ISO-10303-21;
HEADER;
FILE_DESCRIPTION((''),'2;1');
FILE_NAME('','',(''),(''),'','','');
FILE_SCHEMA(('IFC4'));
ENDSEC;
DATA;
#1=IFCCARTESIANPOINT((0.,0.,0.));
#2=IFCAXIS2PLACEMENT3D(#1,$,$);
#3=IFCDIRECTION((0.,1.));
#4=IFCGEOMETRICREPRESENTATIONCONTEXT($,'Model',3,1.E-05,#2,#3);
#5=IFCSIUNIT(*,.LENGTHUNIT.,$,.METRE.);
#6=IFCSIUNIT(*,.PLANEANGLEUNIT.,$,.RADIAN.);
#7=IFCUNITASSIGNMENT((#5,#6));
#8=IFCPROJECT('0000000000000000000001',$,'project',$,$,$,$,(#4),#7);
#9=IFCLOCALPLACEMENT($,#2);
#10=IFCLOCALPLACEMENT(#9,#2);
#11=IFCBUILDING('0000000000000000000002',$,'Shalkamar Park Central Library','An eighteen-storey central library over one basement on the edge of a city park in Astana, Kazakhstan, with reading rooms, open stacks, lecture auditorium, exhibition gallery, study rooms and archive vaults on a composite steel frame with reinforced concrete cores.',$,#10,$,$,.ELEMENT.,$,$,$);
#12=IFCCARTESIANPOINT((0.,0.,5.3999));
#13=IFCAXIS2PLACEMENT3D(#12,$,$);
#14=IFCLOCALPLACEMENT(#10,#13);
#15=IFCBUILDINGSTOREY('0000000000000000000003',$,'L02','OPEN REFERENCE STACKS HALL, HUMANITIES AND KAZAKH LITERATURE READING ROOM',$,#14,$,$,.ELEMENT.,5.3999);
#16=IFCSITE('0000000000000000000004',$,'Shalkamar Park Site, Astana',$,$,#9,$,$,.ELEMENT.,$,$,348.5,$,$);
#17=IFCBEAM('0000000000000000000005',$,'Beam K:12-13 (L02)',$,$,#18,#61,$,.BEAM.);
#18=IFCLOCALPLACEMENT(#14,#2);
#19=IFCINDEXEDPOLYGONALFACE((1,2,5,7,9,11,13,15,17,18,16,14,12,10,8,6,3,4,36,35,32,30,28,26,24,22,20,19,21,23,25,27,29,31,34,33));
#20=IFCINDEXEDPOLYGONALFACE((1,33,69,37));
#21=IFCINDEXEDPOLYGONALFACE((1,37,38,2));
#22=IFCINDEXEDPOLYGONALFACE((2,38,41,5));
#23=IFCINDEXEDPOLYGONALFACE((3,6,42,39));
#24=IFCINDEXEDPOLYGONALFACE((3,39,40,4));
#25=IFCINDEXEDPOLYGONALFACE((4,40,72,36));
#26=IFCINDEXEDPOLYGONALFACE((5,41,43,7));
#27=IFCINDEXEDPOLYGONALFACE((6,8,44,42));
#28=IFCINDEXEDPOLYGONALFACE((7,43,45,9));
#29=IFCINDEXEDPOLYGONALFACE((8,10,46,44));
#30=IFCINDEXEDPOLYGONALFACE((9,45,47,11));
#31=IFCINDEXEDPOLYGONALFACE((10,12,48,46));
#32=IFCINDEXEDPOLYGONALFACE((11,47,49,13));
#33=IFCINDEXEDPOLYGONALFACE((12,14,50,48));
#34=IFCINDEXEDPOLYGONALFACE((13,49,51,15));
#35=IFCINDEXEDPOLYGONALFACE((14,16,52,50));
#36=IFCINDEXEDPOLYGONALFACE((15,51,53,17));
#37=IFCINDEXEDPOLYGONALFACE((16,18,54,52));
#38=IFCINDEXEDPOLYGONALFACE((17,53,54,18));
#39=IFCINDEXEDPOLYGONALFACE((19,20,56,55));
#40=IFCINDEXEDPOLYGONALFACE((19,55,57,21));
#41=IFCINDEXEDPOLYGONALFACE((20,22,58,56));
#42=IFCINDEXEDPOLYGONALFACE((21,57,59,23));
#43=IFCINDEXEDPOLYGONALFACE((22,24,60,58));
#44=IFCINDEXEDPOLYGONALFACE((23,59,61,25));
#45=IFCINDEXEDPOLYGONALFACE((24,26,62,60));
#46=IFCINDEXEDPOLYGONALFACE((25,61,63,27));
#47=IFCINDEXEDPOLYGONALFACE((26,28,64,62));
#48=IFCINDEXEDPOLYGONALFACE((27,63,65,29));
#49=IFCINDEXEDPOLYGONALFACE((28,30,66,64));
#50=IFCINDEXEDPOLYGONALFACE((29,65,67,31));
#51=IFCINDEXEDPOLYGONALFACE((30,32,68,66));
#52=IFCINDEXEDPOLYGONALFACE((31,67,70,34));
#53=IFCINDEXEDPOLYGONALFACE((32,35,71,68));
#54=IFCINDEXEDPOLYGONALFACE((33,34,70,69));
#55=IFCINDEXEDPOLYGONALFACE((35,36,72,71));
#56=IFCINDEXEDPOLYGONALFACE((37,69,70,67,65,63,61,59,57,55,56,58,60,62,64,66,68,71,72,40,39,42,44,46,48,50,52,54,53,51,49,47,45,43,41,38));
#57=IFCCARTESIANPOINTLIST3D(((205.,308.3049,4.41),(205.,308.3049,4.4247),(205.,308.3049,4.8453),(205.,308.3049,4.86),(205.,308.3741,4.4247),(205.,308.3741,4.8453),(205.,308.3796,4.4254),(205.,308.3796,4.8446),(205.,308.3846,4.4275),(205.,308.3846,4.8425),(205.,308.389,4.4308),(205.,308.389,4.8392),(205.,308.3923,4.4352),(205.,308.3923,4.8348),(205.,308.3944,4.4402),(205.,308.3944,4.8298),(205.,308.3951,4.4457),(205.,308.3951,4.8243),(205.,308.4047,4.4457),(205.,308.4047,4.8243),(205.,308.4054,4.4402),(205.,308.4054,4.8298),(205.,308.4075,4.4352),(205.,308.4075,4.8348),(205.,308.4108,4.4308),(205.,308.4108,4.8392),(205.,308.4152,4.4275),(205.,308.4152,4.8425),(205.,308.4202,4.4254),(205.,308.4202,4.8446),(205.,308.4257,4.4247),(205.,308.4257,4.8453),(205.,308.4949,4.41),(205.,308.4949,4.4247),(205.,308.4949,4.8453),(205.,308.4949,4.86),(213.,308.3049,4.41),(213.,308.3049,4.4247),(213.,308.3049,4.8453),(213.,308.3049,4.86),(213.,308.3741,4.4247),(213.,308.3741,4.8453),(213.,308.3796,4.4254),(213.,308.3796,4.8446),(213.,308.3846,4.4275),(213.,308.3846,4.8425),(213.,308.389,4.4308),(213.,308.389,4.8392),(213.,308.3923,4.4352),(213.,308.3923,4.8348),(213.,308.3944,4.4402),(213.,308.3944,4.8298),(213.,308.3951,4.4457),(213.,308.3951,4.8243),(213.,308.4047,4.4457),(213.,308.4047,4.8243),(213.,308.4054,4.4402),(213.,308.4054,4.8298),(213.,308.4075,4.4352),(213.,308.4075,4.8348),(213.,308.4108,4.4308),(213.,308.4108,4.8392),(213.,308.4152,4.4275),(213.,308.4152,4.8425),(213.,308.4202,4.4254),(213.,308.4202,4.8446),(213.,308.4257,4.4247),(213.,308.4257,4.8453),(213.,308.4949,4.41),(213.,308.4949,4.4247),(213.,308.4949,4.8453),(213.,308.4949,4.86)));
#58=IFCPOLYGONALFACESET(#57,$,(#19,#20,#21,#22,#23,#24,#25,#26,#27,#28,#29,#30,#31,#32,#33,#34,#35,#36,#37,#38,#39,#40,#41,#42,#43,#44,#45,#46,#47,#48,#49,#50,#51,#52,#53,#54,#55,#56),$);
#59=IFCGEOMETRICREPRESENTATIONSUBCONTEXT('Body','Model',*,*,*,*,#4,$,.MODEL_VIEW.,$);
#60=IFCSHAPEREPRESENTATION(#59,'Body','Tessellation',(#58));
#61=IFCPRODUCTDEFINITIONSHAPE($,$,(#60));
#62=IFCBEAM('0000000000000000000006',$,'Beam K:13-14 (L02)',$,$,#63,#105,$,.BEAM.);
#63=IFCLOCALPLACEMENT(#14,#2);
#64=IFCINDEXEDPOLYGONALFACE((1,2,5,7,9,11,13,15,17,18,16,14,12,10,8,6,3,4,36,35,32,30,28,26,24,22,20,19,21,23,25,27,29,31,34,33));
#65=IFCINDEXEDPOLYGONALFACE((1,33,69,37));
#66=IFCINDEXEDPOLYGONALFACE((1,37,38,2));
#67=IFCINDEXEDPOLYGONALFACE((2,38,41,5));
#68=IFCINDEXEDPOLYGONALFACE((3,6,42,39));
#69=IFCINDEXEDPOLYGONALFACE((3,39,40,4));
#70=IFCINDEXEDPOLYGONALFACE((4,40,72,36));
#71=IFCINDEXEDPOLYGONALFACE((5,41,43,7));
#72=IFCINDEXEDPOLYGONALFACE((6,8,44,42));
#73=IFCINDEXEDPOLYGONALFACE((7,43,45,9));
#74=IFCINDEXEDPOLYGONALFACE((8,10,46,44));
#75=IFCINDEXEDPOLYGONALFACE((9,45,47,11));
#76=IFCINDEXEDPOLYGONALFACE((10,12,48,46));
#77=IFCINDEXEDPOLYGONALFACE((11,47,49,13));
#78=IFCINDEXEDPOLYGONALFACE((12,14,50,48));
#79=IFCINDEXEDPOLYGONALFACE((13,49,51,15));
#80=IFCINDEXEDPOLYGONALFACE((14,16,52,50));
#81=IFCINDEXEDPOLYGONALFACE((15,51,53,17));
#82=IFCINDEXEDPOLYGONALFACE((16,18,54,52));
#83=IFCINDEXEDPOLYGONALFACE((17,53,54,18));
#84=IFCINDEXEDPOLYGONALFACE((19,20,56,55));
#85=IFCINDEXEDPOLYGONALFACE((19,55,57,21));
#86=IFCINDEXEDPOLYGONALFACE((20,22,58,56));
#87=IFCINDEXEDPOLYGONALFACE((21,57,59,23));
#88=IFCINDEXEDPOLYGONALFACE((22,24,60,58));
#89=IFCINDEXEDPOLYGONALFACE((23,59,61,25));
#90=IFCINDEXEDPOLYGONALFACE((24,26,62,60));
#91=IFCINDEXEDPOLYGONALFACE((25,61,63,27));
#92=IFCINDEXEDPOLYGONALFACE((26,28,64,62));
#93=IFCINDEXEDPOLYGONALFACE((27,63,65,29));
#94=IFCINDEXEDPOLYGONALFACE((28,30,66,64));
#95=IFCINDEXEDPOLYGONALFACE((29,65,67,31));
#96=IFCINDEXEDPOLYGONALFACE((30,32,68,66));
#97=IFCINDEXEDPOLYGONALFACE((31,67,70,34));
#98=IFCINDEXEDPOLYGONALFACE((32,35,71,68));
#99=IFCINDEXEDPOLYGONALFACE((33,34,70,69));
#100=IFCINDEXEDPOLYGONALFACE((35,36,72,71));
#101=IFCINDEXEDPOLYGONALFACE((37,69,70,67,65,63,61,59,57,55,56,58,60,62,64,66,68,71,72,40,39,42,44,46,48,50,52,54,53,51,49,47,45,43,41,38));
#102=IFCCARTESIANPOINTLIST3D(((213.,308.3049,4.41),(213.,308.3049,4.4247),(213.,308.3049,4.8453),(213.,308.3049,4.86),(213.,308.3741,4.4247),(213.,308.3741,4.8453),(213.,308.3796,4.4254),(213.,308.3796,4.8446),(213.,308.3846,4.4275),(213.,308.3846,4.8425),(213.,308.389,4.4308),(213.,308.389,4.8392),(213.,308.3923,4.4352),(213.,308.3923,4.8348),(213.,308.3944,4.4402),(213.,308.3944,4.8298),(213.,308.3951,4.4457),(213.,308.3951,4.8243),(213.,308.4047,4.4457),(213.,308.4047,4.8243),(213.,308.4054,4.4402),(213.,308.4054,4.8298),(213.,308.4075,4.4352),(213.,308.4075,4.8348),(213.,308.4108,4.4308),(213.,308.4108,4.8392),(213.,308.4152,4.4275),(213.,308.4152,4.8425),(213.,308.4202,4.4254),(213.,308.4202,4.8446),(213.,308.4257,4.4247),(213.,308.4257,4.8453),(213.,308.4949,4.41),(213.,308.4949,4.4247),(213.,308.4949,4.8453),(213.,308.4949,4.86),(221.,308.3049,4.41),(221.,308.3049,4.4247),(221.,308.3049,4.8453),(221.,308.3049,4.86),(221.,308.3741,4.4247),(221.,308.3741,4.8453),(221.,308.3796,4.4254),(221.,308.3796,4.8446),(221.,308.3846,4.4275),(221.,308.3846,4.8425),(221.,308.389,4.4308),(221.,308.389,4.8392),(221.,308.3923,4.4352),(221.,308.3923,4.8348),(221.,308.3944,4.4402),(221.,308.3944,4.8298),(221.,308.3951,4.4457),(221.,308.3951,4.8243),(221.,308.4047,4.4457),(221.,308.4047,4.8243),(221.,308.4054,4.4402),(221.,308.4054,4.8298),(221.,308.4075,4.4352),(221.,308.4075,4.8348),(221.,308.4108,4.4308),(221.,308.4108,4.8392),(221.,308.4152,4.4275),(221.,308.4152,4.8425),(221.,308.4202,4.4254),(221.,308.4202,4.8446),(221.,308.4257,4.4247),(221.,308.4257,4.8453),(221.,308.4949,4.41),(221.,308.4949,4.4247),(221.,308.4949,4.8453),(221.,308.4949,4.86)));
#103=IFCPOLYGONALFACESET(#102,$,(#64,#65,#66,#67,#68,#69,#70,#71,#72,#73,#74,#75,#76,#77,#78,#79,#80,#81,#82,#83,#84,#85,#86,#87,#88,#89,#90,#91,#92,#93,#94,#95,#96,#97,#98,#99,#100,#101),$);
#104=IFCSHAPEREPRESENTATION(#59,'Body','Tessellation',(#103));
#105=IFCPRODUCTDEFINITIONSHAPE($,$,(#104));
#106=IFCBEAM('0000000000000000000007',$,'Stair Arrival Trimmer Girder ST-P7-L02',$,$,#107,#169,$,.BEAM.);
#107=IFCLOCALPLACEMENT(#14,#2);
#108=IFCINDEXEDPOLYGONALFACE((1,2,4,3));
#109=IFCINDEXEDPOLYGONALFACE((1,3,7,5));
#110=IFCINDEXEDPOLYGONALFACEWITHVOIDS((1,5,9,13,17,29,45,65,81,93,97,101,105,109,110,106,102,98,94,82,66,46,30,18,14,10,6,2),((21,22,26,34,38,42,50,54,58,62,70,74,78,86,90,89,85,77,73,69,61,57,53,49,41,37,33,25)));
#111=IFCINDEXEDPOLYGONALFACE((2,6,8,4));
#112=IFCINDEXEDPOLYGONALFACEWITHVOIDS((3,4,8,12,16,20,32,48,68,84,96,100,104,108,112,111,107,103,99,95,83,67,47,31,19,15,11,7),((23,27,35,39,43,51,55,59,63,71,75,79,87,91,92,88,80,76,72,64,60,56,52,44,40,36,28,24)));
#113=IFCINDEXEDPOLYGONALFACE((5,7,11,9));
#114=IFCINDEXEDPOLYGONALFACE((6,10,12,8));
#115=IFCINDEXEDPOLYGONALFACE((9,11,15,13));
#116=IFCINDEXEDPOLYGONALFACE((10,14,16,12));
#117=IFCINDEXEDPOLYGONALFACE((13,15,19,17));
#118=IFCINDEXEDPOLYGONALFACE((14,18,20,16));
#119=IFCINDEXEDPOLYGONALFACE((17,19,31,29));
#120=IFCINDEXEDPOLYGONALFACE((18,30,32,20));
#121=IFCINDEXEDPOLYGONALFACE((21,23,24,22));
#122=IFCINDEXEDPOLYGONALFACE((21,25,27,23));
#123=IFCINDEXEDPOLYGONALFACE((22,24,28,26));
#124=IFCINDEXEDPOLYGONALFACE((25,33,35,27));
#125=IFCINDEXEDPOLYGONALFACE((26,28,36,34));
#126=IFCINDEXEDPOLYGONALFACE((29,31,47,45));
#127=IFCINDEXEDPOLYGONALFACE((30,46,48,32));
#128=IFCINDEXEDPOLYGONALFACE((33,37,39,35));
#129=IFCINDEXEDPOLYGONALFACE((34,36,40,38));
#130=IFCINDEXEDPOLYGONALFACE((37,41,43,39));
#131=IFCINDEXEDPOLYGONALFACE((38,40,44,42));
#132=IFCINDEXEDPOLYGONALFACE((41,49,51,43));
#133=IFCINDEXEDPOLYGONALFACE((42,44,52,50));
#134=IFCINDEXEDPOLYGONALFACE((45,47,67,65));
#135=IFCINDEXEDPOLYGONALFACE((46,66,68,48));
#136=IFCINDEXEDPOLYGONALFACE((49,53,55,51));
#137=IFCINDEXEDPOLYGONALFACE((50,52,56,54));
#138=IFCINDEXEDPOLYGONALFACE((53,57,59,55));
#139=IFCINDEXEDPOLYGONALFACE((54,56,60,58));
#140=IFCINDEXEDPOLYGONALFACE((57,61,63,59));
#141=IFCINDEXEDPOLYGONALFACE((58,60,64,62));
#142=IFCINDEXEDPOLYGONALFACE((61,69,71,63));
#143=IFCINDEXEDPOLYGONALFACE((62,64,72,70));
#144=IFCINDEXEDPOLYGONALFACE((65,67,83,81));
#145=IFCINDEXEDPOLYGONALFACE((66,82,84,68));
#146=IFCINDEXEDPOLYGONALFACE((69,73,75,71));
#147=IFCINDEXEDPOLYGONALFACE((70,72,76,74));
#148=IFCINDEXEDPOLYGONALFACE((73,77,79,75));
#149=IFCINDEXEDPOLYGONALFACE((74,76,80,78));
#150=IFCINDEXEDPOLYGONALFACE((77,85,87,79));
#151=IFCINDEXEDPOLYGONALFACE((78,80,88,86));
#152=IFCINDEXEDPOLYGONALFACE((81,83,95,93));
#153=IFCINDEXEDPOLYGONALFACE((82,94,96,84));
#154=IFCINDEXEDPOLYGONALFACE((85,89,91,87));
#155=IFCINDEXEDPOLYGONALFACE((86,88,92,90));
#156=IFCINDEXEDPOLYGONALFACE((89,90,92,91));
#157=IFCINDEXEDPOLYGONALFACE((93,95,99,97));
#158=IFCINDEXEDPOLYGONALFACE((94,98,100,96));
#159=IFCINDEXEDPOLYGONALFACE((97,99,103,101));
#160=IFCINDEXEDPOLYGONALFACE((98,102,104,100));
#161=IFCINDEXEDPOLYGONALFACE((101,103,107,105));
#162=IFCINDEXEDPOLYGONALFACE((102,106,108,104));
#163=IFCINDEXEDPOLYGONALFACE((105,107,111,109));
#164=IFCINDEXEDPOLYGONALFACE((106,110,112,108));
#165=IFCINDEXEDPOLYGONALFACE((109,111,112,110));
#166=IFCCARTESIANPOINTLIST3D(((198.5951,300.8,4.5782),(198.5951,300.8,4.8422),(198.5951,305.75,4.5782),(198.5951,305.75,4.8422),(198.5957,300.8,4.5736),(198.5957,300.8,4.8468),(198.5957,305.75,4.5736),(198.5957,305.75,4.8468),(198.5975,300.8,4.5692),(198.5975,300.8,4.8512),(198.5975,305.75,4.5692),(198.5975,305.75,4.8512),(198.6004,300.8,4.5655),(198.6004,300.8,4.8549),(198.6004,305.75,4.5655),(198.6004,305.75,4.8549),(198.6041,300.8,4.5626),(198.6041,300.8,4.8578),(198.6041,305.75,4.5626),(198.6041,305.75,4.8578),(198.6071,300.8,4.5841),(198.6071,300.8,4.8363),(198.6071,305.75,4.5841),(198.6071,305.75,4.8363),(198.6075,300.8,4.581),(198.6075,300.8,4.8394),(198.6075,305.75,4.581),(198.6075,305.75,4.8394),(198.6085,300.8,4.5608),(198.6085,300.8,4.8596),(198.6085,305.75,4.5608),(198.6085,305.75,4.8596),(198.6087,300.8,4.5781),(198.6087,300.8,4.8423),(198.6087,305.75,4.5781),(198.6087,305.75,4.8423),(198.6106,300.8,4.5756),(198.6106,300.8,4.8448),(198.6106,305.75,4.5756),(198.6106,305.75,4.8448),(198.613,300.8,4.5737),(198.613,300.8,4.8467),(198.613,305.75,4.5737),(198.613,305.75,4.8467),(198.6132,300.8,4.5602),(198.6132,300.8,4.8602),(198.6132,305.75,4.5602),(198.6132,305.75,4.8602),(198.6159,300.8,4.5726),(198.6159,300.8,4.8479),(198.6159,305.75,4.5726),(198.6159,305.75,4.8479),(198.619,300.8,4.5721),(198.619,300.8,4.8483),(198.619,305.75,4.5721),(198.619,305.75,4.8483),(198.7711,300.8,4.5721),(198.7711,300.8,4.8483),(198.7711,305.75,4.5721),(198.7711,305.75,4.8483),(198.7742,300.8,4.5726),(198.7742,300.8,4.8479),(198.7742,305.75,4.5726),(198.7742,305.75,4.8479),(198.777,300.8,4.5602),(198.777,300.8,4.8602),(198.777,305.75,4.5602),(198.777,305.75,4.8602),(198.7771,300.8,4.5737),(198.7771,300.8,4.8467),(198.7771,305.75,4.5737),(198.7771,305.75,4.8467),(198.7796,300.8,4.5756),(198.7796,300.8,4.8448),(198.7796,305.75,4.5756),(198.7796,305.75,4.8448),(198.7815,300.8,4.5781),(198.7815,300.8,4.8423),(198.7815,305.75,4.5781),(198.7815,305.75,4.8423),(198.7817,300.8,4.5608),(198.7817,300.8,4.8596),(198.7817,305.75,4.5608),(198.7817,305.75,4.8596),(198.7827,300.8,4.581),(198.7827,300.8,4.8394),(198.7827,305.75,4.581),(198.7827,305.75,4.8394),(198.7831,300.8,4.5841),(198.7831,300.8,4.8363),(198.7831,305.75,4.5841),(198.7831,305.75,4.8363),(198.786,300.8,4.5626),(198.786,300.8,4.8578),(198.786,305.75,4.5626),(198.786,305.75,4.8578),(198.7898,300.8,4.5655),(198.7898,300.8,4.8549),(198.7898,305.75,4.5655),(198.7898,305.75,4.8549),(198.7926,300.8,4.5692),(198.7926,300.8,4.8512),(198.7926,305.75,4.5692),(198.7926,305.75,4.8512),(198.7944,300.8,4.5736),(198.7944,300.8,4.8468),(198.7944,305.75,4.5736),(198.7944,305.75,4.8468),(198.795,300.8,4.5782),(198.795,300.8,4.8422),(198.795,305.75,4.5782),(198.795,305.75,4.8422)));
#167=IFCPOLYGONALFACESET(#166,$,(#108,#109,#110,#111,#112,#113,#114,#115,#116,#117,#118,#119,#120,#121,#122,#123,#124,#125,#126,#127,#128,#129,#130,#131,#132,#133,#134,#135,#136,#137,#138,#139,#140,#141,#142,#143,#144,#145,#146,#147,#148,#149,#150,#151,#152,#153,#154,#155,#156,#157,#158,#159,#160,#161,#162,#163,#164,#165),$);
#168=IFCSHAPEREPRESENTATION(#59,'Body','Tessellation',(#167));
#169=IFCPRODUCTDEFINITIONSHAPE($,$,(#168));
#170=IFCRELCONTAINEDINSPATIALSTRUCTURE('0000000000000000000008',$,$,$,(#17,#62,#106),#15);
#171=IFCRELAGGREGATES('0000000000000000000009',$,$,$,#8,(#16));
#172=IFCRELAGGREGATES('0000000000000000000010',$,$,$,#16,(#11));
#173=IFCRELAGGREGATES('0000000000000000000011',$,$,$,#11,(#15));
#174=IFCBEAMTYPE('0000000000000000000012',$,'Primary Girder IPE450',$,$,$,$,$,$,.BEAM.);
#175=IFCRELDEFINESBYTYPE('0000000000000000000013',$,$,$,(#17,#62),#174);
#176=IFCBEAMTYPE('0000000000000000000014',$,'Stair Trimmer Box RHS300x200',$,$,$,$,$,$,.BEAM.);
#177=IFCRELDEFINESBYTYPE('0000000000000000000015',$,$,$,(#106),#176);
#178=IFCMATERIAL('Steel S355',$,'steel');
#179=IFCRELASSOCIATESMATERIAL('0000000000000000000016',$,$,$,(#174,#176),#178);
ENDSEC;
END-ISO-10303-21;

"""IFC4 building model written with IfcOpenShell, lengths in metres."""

from ifc_helpers import new_model, si_unit, direction, frame, origin, origin_2d, place, context, subcontext, project, spatial, hollow_rectangle, i_section, extrude, material, material_profile, profile_set, type_object, element, save


model = new_model("IFC4")

# Units and contexts
model_context = context("Model", 3, precision=1e-05, world=origin(), true_north=direction((0.0, 1.0)))
body_context = subcontext(model_context, "Body", "Model", "MODEL_VIEW")
ifc_project = project(units=[si_unit("LENGTHUNIT", "METRE"), si_unit("PLANEANGLEUNIT", "RADIAN")], contexts=[model_context])

# Site, building, storey
site_placement = place(None, origin())
site = spatial("IfcSite", under=ifc_project, at=site_placement, Name="Shalkamar Park Site, Astana", CompositionType="ELEMENT", RefElevation=348.5)
building_placement = place(site_placement, origin())
building = spatial("IfcBuilding", under=site, at=building_placement, Name="Shalkamar Park Central Library", Description="An eighteen-storey central library over one basement on the edge of a city park in Astana, Kazakhstan, with reading rooms, open stacks, lecture auditorium, exhibition gallery, study rooms and archive vaults on a composite steel frame with reinforced concrete cores.", CompositionType="ELEMENT")
storey_placement = place(building_placement, frame((0.0, 0.0, 5.3999)))
storey = spatial("IfcBuildingStorey", under=building, at=storey_placement, Name="L02", Description="OPEN REFERENCE STACKS HALL, HUMANITIES AND KAZAKH LITERATURE READING ROOM", CompositionType="ELEMENT", Elevation=5.3999)

# Shared definitions
ifc_material_1 = material(Name="Steel S355", Category="steel")

# Beams
ifc_material_profile_1 = material_profile(ifc_material_1, i_section(OverallWidth=0.1899, OverallDepth=0.45, WebThickness=0.0095, FlangeThickness=0.0146, FilletRadius=0.021, at=origin_2d()), Name="IPE 450")
ifc_profile_set_1 = profile_set([ifc_material_profile_1], Name="Steel S355")
beam_type_1 = type_object("IfcBeamType", Name="Primary Girder IPE450", PredefinedType="BEAM", material=ifc_profile_set_1)
for number, where, z_axis, x_axis, name in (
    (1, (205.0, 308.3999, 4.635), (1.0, 0.0, 0.0), (0.0, 1.0, 0.0), "Beam K:12-13 (L02)"),
    (2, (213.0, 308.3999, 4.635), (1.0, 0.0, 0.0), (0.0, 1.0, 0.0), "Beam K:13-14 (L02)"),
):
    element("IfcBeam", number, at=place(storey_placement, frame(where, z_axis=z_axis, x_axis=x_axis)), inside=storey, type_object=beam_type_1, Name=name, PredefinedType="BEAM", context=body_context, shape_type="SweptSolid", body=[
        extrude(i_section(OverallWidth=0.1899, OverallDepth=0.45, WebThickness=0.0095, FlangeThickness=0.0146, FilletRadius=0.021, at=origin_2d()), origin(), (0.0, 0.0, 1.0), 8.0),
    ])
ifc_material_profile_2 = material_profile(ifc_material_1, hollow_rectangle(XDim=0.2, YDim=0.3, WallThickness=0.012, InnerFilletRadius=0.012, OuterFilletRadius=0.0181, at=origin_2d()), Name="RHS 300x200x12")
ifc_profile_set_2 = profile_set([ifc_material_profile_2], Name="Steel S355")
beam_type_2 = type_object("IfcBeamType", Name="Stair Trimmer Box RHS300x200", PredefinedType="BEAM", material=ifc_profile_set_2)
beam_1_placement = place(storey_placement, frame((198.6951, 300.8, 4.7102), z_axis=(0.0, 1.0, 0.0), x_axis=(-1.0, 0.0, 0.0)))
element("IfcBeam", 3, at=beam_1_placement, inside=storey, type_object=beam_type_2, Name="Stair Arrival Trimmer Girder ST-P7-L02", PredefinedType="BEAM", context=body_context, shape_type="SweptSolid", body=[
    extrude(hollow_rectangle(XDim=0.2, YDim=0.3, WallThickness=0.012, InnerFilletRadius=0.012, OuterFilletRadius=0.0181, at=origin_2d()), origin(), (0.0, 0.0, 1.0), 4.95),
])

save(model, "model.ifc")
